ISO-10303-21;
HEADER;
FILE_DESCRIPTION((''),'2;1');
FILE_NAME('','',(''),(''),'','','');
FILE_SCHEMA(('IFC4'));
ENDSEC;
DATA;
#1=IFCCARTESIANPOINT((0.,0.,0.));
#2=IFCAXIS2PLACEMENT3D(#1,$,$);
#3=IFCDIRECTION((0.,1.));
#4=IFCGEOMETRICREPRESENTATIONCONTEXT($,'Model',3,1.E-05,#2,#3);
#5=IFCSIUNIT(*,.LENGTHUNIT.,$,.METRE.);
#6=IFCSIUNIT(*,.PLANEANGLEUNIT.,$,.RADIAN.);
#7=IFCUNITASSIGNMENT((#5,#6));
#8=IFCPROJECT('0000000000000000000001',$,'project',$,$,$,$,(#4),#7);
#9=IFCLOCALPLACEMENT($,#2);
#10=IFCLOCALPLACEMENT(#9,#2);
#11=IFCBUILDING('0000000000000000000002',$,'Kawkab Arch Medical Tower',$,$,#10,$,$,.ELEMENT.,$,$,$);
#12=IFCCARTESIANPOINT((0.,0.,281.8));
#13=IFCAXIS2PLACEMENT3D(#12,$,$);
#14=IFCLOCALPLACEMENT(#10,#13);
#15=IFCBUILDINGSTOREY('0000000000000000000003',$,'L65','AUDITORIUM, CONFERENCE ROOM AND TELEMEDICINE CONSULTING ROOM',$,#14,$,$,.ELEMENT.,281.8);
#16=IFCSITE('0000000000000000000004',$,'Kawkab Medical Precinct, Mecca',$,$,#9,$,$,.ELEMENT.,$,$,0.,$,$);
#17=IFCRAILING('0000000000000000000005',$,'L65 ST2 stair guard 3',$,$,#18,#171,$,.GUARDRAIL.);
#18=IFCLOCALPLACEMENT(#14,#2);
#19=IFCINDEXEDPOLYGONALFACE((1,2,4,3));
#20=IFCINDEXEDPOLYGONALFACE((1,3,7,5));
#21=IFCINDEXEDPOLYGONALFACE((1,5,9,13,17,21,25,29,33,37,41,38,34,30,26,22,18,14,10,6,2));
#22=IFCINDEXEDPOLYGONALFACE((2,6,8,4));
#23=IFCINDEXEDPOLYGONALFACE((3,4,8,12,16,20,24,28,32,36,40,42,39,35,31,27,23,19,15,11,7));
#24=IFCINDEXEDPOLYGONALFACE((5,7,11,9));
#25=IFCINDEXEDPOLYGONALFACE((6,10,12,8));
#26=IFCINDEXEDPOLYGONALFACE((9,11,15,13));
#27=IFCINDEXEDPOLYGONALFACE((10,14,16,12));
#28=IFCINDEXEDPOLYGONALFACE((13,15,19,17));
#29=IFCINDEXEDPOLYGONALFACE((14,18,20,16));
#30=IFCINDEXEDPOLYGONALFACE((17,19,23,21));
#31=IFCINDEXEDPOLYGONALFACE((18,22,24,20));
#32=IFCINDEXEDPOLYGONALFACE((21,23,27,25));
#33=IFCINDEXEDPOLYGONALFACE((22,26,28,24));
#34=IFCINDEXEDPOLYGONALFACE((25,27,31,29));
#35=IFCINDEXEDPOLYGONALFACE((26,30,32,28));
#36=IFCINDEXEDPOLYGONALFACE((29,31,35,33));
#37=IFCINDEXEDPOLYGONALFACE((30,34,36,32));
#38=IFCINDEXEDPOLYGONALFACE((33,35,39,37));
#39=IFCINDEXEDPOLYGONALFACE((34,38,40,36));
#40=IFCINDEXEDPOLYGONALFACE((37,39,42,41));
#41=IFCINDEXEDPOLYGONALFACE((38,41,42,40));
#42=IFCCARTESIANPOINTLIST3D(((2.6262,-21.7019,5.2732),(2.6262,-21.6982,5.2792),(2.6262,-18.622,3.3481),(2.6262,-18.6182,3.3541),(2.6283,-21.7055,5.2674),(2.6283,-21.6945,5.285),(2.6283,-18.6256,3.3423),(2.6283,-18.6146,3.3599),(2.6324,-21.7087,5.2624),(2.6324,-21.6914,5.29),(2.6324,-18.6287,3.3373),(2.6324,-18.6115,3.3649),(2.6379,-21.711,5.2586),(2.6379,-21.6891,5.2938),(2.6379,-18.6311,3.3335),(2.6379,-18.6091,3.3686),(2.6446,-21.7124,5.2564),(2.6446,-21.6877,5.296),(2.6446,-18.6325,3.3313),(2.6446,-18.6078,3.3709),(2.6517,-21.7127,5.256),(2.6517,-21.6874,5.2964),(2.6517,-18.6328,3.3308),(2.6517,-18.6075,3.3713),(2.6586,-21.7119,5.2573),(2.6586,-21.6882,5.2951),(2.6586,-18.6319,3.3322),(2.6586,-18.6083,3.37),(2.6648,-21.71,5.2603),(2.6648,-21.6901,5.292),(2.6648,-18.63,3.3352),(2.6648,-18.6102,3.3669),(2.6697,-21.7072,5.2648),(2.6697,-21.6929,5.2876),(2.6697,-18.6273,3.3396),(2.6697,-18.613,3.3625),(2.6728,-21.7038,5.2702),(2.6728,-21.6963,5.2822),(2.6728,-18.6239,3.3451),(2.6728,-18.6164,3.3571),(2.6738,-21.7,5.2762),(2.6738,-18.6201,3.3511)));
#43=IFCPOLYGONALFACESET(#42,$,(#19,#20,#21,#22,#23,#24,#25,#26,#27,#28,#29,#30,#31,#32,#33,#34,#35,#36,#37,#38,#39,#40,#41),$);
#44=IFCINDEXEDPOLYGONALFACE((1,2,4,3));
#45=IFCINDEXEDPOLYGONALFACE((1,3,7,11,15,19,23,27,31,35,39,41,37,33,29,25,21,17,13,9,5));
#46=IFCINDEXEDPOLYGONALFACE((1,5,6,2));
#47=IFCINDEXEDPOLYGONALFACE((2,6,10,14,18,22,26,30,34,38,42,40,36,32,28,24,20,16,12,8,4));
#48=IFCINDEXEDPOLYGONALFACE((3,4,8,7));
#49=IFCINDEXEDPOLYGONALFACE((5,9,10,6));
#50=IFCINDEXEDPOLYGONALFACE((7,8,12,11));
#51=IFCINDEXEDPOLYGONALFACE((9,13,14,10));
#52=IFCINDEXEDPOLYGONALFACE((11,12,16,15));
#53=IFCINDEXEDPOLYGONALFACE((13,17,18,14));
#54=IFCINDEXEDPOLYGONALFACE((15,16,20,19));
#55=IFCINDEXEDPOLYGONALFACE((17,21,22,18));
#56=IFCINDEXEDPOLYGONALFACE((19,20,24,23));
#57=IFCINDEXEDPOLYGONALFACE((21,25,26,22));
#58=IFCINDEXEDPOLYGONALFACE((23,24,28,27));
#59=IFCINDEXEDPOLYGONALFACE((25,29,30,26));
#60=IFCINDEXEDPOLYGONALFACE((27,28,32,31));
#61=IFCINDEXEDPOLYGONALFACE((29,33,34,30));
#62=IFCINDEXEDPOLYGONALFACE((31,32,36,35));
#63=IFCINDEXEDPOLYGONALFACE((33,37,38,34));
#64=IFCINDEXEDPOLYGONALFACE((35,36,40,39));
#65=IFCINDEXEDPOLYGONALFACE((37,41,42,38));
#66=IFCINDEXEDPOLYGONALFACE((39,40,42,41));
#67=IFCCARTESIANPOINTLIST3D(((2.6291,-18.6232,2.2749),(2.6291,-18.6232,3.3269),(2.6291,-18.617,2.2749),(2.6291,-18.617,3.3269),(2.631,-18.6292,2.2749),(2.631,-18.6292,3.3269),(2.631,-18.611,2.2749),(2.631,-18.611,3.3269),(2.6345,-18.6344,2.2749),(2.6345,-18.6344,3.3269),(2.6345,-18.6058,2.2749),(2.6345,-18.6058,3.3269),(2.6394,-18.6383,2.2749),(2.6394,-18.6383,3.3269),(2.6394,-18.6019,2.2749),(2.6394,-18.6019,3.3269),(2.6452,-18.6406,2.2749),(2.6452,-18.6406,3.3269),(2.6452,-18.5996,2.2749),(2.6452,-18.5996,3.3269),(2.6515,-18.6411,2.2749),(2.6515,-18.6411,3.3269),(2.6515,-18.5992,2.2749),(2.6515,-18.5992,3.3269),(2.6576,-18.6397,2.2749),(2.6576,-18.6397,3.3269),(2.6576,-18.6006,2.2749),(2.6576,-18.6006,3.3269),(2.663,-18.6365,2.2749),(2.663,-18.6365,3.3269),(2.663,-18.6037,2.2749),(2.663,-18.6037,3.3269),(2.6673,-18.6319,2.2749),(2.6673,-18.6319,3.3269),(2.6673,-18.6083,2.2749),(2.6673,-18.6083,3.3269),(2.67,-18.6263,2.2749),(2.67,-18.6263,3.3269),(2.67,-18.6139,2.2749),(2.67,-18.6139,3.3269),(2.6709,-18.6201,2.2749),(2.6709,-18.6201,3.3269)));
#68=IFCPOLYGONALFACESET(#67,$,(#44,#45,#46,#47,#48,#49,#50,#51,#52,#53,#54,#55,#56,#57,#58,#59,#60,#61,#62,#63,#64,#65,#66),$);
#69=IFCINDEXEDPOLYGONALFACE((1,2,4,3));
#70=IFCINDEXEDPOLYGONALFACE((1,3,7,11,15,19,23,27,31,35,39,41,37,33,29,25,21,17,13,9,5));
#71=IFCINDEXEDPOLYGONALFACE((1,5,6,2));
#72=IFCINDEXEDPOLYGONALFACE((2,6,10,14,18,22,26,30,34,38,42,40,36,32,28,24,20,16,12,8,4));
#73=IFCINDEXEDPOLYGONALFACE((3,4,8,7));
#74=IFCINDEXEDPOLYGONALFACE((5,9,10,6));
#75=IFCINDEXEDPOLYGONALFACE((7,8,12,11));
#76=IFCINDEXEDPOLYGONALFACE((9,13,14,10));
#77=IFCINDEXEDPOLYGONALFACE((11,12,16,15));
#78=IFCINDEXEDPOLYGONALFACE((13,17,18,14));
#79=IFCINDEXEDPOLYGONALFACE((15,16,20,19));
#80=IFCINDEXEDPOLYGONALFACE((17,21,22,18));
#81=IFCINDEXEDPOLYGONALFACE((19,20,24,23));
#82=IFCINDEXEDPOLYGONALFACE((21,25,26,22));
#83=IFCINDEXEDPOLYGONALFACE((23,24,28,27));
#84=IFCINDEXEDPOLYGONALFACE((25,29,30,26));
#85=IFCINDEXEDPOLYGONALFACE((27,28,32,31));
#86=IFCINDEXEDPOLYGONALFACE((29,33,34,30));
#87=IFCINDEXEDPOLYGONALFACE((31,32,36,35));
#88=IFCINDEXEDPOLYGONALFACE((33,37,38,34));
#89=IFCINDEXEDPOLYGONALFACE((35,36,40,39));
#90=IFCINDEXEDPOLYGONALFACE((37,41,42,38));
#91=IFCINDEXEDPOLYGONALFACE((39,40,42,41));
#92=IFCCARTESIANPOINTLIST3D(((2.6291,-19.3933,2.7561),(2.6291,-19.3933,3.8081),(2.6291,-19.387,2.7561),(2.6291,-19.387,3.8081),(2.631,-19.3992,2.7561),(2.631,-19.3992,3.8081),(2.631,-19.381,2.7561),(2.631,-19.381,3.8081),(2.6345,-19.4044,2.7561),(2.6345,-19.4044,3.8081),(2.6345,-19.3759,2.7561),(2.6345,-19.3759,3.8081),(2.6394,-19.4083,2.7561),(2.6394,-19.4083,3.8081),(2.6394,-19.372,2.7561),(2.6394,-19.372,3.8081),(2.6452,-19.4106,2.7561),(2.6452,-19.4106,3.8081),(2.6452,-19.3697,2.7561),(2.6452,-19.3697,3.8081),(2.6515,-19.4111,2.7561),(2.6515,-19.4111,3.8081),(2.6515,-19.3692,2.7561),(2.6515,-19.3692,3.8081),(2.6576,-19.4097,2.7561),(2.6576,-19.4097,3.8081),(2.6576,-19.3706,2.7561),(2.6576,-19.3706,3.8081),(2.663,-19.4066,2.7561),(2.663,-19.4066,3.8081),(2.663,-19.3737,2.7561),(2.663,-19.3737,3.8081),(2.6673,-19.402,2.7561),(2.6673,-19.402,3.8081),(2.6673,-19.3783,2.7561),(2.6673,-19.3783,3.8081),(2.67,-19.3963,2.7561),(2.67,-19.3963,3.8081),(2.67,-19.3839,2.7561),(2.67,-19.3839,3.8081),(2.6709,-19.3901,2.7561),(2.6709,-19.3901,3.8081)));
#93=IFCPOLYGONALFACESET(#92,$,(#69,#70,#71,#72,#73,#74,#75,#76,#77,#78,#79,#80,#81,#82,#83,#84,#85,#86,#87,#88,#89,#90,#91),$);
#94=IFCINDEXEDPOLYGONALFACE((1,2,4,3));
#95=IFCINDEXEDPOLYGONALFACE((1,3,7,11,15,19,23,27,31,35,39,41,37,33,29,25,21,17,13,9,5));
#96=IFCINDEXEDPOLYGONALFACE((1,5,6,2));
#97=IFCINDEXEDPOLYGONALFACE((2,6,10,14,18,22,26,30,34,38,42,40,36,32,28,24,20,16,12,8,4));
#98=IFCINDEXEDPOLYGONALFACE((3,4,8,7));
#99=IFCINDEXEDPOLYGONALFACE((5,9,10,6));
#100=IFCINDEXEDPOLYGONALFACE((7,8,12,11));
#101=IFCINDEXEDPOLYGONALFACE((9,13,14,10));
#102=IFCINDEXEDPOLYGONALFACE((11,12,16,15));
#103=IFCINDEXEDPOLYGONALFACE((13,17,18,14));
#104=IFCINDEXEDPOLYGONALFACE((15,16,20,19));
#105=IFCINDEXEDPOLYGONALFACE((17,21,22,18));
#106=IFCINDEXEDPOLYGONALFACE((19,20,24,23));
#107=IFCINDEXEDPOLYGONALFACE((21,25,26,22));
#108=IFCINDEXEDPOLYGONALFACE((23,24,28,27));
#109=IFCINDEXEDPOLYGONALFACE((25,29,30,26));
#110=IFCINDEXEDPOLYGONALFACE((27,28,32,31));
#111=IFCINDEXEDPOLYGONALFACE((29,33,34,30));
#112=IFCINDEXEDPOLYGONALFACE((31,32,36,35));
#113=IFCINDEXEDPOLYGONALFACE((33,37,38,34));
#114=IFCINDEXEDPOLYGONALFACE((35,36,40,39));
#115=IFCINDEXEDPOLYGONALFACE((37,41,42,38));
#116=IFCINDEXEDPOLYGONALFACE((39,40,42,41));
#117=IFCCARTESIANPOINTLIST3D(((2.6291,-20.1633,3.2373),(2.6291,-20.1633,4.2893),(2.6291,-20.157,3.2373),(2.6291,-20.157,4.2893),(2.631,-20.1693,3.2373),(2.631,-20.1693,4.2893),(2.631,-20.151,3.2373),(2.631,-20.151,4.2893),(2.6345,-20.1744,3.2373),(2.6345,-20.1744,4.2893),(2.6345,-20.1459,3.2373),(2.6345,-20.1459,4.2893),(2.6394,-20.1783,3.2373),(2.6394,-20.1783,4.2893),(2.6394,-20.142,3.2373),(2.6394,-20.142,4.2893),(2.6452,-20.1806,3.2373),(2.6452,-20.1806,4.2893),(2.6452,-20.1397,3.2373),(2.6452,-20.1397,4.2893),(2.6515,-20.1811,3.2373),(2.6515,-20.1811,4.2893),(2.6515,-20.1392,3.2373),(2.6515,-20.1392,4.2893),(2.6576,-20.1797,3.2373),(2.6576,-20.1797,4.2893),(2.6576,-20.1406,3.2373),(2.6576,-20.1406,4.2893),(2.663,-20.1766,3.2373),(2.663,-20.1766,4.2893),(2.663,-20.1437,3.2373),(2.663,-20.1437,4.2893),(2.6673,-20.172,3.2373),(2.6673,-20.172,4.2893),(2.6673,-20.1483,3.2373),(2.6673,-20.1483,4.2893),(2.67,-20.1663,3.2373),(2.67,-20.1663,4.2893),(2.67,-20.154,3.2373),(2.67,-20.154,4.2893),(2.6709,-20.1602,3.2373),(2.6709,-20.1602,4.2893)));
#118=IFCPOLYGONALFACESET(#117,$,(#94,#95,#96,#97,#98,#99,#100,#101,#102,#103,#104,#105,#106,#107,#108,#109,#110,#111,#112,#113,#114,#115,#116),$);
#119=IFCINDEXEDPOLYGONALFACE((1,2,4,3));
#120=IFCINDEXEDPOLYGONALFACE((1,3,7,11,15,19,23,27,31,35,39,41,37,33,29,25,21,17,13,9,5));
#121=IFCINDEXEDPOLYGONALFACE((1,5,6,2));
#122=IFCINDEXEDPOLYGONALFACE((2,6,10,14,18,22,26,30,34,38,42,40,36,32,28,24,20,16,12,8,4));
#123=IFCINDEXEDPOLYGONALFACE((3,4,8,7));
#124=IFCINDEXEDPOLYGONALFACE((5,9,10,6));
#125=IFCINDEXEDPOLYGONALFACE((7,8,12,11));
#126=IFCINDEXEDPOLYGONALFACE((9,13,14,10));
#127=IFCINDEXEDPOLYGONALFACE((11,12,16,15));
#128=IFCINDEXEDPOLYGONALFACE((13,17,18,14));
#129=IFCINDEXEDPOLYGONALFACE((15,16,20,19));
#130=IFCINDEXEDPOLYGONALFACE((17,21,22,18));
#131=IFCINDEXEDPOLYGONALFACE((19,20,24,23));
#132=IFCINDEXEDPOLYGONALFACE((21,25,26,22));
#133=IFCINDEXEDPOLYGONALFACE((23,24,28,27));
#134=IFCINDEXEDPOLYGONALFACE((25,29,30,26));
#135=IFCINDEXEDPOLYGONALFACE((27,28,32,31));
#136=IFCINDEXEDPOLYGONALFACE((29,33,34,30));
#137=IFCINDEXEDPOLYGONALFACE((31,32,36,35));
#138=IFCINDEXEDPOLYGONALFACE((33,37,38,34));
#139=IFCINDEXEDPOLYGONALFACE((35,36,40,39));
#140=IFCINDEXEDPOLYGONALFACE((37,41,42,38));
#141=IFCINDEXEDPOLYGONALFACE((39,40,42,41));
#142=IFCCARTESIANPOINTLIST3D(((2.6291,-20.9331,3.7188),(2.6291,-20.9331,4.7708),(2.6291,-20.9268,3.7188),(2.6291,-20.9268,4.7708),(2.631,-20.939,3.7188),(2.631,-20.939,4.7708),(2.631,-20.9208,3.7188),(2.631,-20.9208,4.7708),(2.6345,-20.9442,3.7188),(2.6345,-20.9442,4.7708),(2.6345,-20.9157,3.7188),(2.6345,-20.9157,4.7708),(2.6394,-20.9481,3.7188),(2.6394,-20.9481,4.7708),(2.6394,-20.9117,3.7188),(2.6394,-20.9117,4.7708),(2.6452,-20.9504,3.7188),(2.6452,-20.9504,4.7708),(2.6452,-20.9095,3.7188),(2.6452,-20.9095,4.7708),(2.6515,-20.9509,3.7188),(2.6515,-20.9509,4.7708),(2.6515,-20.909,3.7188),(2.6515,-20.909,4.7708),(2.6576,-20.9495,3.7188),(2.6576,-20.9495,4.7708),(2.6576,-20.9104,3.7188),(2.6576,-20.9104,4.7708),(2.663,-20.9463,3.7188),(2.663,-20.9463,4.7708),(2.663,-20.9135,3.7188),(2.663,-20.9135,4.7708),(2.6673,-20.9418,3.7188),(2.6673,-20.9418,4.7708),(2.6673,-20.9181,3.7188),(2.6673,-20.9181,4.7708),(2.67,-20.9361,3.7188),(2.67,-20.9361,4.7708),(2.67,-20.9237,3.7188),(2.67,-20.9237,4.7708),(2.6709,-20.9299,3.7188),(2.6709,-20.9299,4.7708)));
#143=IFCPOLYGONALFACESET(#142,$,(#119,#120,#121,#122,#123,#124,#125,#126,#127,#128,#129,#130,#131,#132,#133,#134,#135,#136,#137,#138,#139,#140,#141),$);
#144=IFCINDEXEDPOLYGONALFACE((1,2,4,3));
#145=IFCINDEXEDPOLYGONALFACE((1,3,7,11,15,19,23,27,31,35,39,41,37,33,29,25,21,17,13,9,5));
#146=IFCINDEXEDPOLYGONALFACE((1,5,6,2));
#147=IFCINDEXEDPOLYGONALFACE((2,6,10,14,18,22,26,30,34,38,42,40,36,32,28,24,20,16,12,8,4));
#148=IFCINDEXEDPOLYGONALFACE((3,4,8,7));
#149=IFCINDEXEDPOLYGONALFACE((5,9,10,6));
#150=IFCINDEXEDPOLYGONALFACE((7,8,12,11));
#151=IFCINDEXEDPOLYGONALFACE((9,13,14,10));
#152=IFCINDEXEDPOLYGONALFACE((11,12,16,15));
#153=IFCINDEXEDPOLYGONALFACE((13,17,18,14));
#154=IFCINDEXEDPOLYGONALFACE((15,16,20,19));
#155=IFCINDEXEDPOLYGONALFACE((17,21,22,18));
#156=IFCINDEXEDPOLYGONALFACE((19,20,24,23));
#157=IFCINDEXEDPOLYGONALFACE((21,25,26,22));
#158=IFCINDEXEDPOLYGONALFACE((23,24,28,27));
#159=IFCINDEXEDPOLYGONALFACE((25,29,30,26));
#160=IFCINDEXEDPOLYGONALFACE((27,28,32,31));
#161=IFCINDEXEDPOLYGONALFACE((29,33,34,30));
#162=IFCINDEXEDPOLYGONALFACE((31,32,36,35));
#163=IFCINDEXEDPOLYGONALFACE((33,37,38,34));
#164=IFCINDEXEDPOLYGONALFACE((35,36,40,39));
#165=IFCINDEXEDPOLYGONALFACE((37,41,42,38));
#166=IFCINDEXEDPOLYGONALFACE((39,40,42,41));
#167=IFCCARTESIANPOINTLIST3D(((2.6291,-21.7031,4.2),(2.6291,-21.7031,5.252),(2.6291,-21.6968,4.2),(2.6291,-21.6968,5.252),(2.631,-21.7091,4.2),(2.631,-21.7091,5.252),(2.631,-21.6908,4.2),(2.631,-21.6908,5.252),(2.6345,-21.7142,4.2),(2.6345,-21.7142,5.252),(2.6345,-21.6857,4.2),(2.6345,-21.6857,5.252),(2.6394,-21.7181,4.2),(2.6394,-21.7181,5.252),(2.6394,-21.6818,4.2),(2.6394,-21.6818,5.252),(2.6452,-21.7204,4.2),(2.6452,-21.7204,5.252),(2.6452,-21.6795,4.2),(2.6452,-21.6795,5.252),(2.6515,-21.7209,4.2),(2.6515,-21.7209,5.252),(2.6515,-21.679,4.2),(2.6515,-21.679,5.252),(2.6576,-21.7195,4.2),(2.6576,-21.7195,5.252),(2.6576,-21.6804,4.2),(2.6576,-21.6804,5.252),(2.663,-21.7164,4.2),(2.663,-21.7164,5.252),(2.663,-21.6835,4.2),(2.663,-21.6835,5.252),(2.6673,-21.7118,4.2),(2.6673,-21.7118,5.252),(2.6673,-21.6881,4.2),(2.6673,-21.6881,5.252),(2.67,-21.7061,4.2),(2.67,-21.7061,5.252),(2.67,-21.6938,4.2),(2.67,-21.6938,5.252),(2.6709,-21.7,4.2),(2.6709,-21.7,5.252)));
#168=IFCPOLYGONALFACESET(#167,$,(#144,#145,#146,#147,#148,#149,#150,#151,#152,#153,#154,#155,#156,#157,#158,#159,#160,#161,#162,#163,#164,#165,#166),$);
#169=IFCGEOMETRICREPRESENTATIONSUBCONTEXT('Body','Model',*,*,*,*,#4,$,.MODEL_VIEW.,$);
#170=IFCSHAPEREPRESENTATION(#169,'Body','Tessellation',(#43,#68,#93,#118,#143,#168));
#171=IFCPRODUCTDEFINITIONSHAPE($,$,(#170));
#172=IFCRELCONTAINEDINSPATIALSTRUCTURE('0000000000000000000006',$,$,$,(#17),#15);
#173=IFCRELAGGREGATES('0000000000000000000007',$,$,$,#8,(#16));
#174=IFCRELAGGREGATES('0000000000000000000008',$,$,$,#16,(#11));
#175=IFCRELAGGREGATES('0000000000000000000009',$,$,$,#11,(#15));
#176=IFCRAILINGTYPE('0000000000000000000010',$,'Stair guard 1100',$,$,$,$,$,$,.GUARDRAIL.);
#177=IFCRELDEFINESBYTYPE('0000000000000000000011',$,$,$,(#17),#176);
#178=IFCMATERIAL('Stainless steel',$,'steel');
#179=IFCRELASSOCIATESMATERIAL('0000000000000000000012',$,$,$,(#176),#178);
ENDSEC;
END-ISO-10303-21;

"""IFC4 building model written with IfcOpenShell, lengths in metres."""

from ifc_helpers import new_model, si_unit, direction, frame, origin, origin_2d, place, context, subcontext, project, spatial, circle, extrude, material, type_object, element, save


model = new_model("IFC4")

# Units and contexts
model_context = context("Model", 3, precision=1e-05, world=origin(), true_north=direction((0.0, 1.0)))
body_context = subcontext(model_context, "Body", "Model", "MODEL_VIEW")
ifc_project = project(units=[si_unit("LENGTHUNIT", "METRE"), si_unit("PLANEANGLEUNIT", "RADIAN")], contexts=[model_context])

# Site, building, storey
site_placement = place(None, origin())
site = spatial("IfcSite", under=ifc_project, at=site_placement, Name="Kawkab Medical Precinct, Mecca", CompositionType="ELEMENT", RefElevation=0.0)
building_placement = place(site_placement, origin())
building = spatial("IfcBuilding", under=site, at=building_placement, Name="Kawkab Arch Medical Tower", CompositionType="ELEMENT")
storey_placement = place(building_placement, frame((0.0, 0.0, 281.8)))
storey = spatial("IfcBuildingStorey", under=building, at=storey_placement, Name="L65", Description="AUDITORIUM, CONFERENCE ROOM AND TELEMEDICINE CONSULTING ROOM", CompositionType="ELEMENT", Elevation=281.8)

# Railing
ifc_material_1 = material(Name="Stainless steel", Category="steel")
railing_type = type_object("IfcRailingType", Name="Stair guard 1100", PredefinedType="GUARDRAIL", material=ifc_material_1)
railing_1_placement = place(storey_placement, frame((2.6499, -18.6201, 2.2749)))
element("IfcRailing", 1, at=railing_1_placement, inside=storey, type_object=railing_type, Name="L65 ST2 stair guard 3", PredefinedType="GUARDRAIL", context=body_context, shape_type="SweptSolid", body=[
    extrude(circle(Radius=0.0239, at=origin_2d()), frame((0.0, 0.0, 1.0762), z_axis=(0.0, -0.847979, 0.530029), x_axis=(1.0, 0.0, 0.0)), (0.0, 0.0, 1.0), 3.6321),
    extrude(circle(Radius=0.021, at=origin_2d()), origin(), (0.0, 0.0, 1.0), 1.052),
    extrude(circle(Radius=0.021, at=origin_2d()), frame((0.0, -0.77, 0.4812)), (0.0, 0.0, 1.0), 1.052),
    extrude(circle(Radius=0.021, at=origin_2d()), frame((0.0, -1.54, 0.9624)), (0.0, 0.0, 1.0), 1.052),
    extrude(circle(Radius=0.021, at=origin_2d()), frame((0.0, -2.3098, 1.4438)), (0.0, 0.0, 1.0), 1.052),
    extrude(circle(Radius=0.021, at=origin_2d()), frame((0.0, -3.0798, 1.925)), (0.0, 0.0, 1.0), 1.052),
])

save(model, "model.ifc")
